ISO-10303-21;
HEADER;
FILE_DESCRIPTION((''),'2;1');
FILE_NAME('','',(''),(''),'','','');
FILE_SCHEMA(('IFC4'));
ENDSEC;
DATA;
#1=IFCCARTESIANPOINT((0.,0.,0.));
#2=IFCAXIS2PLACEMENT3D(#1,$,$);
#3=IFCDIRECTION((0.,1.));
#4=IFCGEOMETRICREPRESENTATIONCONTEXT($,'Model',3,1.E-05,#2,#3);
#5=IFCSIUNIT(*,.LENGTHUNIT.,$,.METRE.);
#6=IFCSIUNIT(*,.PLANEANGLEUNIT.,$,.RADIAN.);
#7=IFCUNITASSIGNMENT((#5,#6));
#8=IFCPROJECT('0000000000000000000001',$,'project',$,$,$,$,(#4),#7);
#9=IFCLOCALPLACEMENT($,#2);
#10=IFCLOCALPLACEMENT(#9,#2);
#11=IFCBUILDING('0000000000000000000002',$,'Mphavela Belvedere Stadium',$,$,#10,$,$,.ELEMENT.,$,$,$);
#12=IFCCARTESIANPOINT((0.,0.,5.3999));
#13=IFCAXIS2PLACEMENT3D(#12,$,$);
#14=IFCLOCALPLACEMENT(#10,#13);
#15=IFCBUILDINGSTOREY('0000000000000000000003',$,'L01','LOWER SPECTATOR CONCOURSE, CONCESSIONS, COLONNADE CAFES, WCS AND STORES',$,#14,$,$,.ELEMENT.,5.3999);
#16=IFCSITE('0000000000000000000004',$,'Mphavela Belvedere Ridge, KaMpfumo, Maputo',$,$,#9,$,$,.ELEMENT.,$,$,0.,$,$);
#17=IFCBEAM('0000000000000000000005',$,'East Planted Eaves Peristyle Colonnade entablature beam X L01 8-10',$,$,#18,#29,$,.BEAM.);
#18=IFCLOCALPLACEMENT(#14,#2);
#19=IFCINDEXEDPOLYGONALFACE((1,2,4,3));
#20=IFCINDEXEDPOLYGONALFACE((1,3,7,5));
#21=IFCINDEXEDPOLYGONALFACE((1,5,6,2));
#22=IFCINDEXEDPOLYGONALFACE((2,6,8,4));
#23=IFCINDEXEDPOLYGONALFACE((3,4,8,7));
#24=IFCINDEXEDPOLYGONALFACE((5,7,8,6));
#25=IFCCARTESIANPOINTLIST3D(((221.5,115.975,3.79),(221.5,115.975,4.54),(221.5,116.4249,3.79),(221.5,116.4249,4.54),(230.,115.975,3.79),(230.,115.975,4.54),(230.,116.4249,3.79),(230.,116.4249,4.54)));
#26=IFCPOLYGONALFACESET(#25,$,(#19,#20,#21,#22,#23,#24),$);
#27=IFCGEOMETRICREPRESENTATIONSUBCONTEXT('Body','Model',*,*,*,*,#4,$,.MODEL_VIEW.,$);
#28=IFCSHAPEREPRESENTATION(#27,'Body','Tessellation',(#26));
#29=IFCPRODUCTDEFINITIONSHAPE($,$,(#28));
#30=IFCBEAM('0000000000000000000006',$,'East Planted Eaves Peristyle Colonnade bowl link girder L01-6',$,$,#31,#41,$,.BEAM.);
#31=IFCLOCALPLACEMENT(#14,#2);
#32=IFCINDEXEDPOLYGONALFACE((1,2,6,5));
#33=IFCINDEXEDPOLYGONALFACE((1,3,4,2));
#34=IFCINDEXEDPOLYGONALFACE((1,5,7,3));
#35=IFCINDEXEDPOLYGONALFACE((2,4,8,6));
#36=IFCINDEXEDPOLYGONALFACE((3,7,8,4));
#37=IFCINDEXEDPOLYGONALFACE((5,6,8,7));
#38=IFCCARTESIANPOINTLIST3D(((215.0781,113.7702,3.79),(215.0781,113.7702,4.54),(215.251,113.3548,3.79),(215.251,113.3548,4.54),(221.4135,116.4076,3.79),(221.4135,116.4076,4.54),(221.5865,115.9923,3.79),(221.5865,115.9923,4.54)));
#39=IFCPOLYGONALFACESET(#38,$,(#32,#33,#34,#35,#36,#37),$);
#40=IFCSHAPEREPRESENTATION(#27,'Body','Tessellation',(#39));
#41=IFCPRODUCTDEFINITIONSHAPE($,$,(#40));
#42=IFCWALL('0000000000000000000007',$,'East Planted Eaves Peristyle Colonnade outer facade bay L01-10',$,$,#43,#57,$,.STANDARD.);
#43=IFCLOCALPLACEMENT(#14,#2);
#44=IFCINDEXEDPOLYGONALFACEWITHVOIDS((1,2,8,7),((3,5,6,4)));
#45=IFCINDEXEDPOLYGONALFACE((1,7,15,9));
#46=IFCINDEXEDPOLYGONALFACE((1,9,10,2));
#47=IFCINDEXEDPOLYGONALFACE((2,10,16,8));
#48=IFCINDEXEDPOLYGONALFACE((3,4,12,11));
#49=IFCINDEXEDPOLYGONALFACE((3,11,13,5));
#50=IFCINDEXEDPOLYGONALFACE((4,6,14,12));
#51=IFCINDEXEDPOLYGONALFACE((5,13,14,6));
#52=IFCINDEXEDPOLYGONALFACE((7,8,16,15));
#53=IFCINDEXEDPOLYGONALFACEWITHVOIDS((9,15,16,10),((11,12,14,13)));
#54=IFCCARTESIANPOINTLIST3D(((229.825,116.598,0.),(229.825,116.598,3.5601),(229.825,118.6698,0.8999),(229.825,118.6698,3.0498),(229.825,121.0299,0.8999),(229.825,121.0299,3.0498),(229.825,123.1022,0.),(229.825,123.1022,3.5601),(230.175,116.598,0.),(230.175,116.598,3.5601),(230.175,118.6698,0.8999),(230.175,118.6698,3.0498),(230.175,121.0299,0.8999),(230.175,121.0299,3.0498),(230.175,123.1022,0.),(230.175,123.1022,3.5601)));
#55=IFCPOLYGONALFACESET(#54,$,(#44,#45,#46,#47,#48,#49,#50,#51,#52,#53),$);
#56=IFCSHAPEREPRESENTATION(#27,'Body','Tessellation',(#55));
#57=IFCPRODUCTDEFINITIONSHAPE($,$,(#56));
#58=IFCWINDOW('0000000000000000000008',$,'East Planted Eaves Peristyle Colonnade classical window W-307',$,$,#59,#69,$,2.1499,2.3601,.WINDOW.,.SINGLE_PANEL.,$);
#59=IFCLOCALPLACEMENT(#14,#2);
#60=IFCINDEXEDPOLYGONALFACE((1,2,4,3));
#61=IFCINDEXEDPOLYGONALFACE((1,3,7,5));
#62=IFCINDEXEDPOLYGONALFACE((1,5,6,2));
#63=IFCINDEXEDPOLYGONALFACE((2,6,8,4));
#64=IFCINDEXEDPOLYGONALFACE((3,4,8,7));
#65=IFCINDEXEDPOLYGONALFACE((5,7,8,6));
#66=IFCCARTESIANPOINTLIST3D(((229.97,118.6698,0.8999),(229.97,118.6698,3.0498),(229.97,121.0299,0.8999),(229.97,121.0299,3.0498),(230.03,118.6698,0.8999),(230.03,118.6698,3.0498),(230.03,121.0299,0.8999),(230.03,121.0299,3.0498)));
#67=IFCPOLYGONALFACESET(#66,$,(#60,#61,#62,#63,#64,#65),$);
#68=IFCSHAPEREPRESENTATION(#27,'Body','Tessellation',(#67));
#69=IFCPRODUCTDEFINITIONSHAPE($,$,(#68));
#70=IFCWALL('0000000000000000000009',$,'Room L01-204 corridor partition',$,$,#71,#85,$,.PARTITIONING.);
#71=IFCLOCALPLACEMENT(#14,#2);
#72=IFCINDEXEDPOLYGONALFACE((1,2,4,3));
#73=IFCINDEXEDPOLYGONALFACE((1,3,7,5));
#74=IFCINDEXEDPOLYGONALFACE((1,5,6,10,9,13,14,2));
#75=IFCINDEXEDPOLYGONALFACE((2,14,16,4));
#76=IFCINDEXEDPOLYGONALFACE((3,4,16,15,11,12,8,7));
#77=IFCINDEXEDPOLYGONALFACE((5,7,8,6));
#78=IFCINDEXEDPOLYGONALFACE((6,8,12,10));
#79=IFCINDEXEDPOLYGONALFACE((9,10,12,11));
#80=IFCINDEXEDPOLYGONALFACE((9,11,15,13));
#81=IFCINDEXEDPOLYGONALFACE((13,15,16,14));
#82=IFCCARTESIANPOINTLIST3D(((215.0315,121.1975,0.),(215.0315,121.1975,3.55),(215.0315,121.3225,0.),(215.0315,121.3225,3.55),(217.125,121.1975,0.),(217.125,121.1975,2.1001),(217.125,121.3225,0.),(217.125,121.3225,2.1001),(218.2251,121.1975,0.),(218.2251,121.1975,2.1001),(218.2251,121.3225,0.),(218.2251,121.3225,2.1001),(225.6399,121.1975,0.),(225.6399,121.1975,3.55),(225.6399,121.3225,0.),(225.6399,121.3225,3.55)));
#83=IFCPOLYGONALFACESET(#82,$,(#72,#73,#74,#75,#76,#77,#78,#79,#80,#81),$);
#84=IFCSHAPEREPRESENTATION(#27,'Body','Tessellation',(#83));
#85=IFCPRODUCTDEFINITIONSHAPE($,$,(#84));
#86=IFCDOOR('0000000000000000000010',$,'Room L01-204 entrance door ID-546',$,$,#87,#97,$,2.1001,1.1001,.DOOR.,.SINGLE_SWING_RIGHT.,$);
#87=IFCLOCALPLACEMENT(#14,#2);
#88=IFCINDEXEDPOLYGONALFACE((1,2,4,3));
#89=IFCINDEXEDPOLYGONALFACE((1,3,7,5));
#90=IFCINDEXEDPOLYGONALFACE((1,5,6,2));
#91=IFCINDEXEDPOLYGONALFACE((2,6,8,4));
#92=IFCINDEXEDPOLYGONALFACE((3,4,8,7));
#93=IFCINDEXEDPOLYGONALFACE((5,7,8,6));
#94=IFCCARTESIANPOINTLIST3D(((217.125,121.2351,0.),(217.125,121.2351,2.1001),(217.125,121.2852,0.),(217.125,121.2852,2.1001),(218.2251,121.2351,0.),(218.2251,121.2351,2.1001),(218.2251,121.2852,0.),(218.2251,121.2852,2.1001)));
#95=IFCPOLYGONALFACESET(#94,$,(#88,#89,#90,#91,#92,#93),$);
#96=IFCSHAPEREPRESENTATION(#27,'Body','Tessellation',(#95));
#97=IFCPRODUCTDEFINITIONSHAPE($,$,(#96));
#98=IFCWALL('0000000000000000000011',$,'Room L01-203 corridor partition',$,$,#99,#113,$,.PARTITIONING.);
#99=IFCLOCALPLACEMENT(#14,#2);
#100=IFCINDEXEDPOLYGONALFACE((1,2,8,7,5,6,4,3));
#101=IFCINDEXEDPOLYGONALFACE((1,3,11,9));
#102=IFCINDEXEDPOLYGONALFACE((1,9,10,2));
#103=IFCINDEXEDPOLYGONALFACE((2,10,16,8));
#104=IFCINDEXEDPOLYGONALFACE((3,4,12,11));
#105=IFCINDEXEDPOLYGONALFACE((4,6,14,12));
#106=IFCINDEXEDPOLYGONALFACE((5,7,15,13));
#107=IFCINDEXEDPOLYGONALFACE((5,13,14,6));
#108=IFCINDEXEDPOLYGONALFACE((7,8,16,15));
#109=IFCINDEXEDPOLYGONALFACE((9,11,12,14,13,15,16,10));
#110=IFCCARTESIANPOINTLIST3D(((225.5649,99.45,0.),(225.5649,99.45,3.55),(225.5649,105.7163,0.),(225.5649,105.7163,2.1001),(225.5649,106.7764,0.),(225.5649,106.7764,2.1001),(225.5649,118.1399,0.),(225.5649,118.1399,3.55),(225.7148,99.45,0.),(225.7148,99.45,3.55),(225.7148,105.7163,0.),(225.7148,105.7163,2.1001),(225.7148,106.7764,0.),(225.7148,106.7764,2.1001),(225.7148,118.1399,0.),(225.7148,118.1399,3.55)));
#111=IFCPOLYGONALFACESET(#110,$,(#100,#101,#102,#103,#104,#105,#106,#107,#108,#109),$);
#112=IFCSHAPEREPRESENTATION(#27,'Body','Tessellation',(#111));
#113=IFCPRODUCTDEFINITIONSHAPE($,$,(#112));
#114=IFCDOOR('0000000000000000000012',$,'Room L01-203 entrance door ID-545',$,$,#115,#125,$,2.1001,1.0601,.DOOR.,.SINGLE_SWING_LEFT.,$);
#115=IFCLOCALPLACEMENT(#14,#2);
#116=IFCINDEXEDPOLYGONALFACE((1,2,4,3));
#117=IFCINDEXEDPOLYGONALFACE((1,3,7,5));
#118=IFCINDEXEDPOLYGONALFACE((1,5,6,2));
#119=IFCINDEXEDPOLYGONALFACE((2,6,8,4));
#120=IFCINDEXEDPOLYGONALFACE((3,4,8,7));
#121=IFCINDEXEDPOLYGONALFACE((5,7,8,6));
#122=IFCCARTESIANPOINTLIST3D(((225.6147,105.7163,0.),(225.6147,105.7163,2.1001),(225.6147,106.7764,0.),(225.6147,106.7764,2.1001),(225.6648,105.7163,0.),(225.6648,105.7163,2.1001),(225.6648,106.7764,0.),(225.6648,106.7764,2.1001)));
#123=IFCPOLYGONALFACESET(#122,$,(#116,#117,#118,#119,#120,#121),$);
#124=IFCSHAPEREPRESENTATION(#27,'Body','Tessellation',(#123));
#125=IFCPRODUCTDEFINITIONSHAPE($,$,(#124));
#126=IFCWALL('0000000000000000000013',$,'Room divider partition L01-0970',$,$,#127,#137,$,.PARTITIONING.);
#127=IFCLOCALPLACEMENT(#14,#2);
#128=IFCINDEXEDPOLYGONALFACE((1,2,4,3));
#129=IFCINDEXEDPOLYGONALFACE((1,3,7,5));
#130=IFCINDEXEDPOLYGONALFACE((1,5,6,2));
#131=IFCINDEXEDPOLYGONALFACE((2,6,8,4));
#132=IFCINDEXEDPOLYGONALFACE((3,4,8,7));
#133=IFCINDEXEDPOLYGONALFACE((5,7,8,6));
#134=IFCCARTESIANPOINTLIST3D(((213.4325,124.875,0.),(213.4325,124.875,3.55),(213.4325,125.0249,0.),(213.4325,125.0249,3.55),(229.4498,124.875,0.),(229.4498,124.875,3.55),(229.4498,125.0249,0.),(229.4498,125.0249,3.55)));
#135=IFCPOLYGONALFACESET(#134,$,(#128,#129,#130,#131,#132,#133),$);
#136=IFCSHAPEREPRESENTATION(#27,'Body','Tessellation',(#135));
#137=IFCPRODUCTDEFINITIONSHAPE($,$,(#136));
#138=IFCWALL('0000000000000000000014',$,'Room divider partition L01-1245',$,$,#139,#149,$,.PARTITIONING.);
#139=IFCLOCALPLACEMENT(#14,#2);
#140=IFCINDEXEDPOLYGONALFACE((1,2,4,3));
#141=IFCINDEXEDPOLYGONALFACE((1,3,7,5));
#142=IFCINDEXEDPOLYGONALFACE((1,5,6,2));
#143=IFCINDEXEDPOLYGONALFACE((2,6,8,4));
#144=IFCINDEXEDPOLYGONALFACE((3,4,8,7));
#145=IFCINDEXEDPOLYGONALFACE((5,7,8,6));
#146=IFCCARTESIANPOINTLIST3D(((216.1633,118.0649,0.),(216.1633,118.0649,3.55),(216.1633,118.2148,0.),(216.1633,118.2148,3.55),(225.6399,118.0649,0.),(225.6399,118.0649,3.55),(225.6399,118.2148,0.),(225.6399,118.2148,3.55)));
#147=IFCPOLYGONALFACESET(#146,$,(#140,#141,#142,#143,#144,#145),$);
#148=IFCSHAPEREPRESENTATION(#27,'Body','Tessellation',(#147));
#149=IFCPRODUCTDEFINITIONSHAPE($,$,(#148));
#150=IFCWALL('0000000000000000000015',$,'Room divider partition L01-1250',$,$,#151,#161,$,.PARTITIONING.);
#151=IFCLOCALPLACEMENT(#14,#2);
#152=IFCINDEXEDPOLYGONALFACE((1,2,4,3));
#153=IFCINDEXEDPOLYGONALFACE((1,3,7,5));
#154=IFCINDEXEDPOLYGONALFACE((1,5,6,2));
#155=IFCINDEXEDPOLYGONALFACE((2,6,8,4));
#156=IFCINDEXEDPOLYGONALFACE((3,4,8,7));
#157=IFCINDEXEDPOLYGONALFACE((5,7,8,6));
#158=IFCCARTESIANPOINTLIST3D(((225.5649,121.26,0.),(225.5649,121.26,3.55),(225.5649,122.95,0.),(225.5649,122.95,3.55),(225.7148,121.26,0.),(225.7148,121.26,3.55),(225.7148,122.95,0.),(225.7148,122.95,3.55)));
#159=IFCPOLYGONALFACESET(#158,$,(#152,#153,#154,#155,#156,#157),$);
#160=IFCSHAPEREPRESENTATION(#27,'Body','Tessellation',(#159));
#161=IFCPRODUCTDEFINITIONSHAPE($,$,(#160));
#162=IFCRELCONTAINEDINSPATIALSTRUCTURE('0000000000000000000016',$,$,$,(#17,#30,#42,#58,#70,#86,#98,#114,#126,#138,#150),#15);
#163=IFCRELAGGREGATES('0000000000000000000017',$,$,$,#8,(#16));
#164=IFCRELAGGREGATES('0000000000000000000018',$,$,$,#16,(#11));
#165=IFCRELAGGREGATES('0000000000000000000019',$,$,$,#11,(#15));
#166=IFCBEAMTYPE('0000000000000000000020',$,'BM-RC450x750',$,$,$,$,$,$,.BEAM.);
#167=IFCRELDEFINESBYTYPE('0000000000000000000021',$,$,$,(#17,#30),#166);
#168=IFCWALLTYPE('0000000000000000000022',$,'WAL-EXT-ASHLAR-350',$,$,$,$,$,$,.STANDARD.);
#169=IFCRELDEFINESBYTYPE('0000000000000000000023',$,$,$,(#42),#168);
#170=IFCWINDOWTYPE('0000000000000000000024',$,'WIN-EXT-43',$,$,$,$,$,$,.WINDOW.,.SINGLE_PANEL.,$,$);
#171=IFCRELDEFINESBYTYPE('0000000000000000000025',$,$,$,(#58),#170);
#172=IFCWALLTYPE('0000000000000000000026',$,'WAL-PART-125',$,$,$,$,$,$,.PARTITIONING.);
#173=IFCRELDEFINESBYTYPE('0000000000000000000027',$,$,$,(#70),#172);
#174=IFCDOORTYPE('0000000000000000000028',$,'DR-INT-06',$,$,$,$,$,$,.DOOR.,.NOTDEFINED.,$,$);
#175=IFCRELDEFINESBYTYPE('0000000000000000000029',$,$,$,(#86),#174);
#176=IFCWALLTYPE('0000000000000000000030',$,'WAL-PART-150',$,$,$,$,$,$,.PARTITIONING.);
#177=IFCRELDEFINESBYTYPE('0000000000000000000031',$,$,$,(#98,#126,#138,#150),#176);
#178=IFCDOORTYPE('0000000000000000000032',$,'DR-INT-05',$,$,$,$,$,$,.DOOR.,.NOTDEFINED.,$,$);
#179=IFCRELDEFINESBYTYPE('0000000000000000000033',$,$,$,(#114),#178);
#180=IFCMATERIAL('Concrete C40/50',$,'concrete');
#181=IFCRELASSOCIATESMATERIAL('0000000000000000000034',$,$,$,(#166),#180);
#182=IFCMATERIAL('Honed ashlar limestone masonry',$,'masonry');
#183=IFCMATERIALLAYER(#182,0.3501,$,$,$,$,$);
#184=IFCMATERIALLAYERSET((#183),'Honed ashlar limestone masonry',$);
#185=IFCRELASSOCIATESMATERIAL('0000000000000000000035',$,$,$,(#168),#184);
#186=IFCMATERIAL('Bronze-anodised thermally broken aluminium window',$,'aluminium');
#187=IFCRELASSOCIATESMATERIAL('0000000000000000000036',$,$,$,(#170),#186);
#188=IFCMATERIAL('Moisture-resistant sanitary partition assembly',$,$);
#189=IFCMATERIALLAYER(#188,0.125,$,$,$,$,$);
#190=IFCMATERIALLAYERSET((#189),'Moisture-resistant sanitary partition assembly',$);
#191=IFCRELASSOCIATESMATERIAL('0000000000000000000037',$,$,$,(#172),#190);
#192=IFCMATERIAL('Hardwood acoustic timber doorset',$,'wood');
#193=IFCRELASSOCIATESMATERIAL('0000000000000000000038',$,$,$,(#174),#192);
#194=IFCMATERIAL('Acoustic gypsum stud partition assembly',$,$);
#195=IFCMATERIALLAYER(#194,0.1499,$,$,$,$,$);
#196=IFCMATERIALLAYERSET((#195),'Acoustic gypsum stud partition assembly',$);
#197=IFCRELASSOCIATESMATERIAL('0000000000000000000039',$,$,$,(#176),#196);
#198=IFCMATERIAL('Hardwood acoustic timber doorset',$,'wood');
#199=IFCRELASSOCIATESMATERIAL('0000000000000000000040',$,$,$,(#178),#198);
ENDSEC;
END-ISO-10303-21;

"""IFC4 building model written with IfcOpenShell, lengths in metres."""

from ifc_helpers import new_model, si_unit, direction, frame, frame_2d, origin, origin_2d, place, context, subcontext, project, spatial, rectangle, extrude, material, layer, layer_set, material_profile, profile_set, type_object, element, fill, save


model = new_model("IFC4")

# Units and contexts
model_context = context("Model", 3, precision=1e-05, world=origin(), true_north=direction((0.0, 1.0)))
body_context = subcontext(model_context, "Body", "Model", "MODEL_VIEW")
ifc_project = project(units=[si_unit("LENGTHUNIT", "METRE"), si_unit("PLANEANGLEUNIT", "RADIAN")], contexts=[model_context])

# Site, building, storey
site_placement = place(None, origin())
site = spatial("IfcSite", under=ifc_project, at=site_placement, Name="Mphavela Belvedere Ridge, KaMpfumo, Maputo", CompositionType="ELEMENT", RefElevation=0.0)
building_placement = place(site_placement, origin())
building = spatial("IfcBuilding", under=site, at=building_placement, Name="Mphavela Belvedere Stadium", CompositionType="ELEMENT")
storey_placement = place(building_placement, frame((0.0, 0.0, 5.3999)))
storey = spatial("IfcBuildingStorey", under=building, at=storey_placement, Name="L01", Description="LOWER SPECTATOR CONCOURSE, CONCESSIONS, COLONNADE CAFES, WCS AND STORES", CompositionType="ELEMENT", Elevation=5.3999)

# Beams
ifc_material_1 = material(Name="Concrete C40/50", Category="concrete")
ifc_material_profile_1 = material_profile(ifc_material_1, rectangle(XDim=0.45, YDim=0.75, at=origin_2d()), Name="RC 450x750")
ifc_profile_set_1 = profile_set([ifc_material_profile_1], Name="Concrete C40/50")
beam_type_1 = type_object("IfcBeamType", Name="BM-RC450x750", PredefinedType="BEAM", material=ifc_profile_set_1)
beam_1_placement = place(storey_placement, frame((221.5, 116.2, 4.165), z_axis=(1.0, 0.0, 0.0), x_axis=(0.0, 1.0, 0.0)))
element("IfcBeam", 1, at=beam_1_placement, inside=storey, type_object=beam_type_1, Name="East Planted Eaves Peristyle Colonnade entablature beam X L01 8-10", PredefinedType="BEAM", context=body_context, shape_type="SweptSolid", body=[
    extrude(rectangle(XDim=0.45, YDim=0.75, at=origin_2d()), origin(), (0.0, 0.0, 1.0), 8.5),
])
beam_2_placement = place(storey_placement, frame((221.5, 116.2, 4.165), z_axis=(-0.923197, -0.384327, 0.0), x_axis=(0.384327, -0.923197, 0.0)))
element("IfcBeam", 2, at=beam_2_placement, inside=storey, type_object=beam_type_1, Name="East Planted Eaves Peristyle Colonnade bowl link girder L01-6", PredefinedType="BEAM", context=body_context, shape_type="SweptSolid", body=[
    extrude(rectangle(XDim=0.45, YDim=0.75, at=origin_2d()), origin(), (0.0, 0.0, 1.0), 6.8625),
])

# Wall, opening, window
ifc_material_2 = material(Name="Honed ashlar limestone masonry", Category="masonry")
ifc_layer_1 = layer(ifc_material_2, 0.3501)
ifc_layer_set_1 = layer_set([ifc_layer_1], Name="Honed ashlar limestone masonry")
wall_type_1 = type_object("IfcWallType", Name="WAL-EXT-ASHLAR-350", PredefinedType="STANDARD", material=ifc_layer_set_1)
wall_1_placement = place(storey_placement, frame((230.0, 123.1021, 0.0), z_axis=(0.0, 0.0, 1.0), x_axis=(0.0, -1.0, 0.0)))
wall_1 = element("IfcWall", 3, at=wall_1_placement, inside=storey, type_object=wall_type_1, Name="East Planted Eaves Peristyle Colonnade outer facade bay L01-10", PredefinedType="STANDARD", context=body_context, shape_type="SweptSolid", body=[
    extrude(rectangle(XDim=6.5042, YDim=0.3501, at=frame_2d((3.252, 0.0))), origin(), (0.0, 0.0, 1.0), 3.5601),
])
opening_1_placement = place(wall_1_placement, frame((2.072, 0.0, 0.8999)))
opening_1 = element("IfcOpeningElement", 4, at=opening_1_placement, cuts=wall_1, PredefinedType="OPENING", context=body_context, shape_type="SweptSolid", body=[
    extrude(rectangle(XDim=2.3601, YDim=2.1499, at=frame_2d((1.1802, 1.075))), frame((0.0, 0.1851, 0.0), z_axis=(0.0, -1.0, 0.0), x_axis=(1.0, 0.0, 0.0)), (0.0, 0.0, 1.0), 0.3701),
])
ifc_material_3 = material(Name="Bronze-anodised thermally broken aluminium window", Category="aluminium")
window_type = type_object("IfcWindowType", Name="WIN-EXT-43", PartitioningType="SINGLE_PANEL", PredefinedType="WINDOW", material=ifc_material_3)
window_placement = place(opening_1_placement, origin())
window = element("IfcWindow", 5, at=window_placement, inside=storey, type_object=window_type, Name="East Planted Eaves Peristyle Colonnade classical window W-307", OverallHeight=2.1499, OverallWidth=2.3601, PartitioningType="SINGLE_PANEL", PredefinedType="WINDOW", context=body_context, shape_type="SweptSolid", body=[
    extrude(rectangle(XDim=2.3601, YDim=2.1499, at=frame_2d((1.1802, 1.075))), frame((0.0, 0.03, 0.0), z_axis=(0.0, -1.0, 0.0), x_axis=(1.0, 0.0, 0.0)), (0.0, 0.0, 1.0), 0.0601),
])
fill(opening_1, window)

# Walls, openings, doors
ifc_material_4 = material(Name="Moisture-resistant sanitary partition assembly")
ifc_layer_2 = layer(ifc_material_4, 0.125)
ifc_layer_set_2 = layer_set([ifc_layer_2], Name="Moisture-resistant sanitary partition assembly")
wall_type_2 = type_object("IfcWallType", Name="WAL-PART-125", PredefinedType="PARTITIONING", material=ifc_layer_set_2)
wall_2_placement = place(storey_placement, frame((225.6399, 121.26, 0.0), z_axis=(0.0, 0.0, 1.0), x_axis=(-1.0, 0.0, 0.0)))
wall_2 = element("IfcWall", 6, at=wall_2_placement, inside=storey, type_object=wall_type_2, Name="Room L01-204 corridor partition", PredefinedType="PARTITIONING", context=body_context, shape_type="SweptSolid", body=[
    extrude(rectangle(XDim=10.6084, YDim=0.125, at=frame_2d((5.3042, 0.0))), origin(), (0.0, 0.0, 1.0), 3.55),
])
opening_2_placement = place(wall_2_placement, frame((7.4148, 0.0, 0.0)))
opening_2 = element("IfcOpeningElement", 7, at=opening_2_placement, cuts=wall_2, PredefinedType="OPENING", context=body_context, shape_type="SweptSolid", body=[
    extrude(rectangle(XDim=1.1001, YDim=2.1001, at=frame_2d((0.55, 1.05))), frame((0.0, 0.0725, 0.0), z_axis=(0.0, -1.0, 0.0), x_axis=(1.0, 0.0, 0.0)), (0.0, 0.0, 1.0), 0.145),
])
ifc_material_5 = material(Name="Hardwood acoustic timber doorset", Category="wood")
door_type_1 = type_object("IfcDoorType", Name="DR-INT-06", OperationType="NOTDEFINED", PredefinedType="DOOR", material=ifc_material_5)
door_1_placement = place(opening_2_placement, origin())
door_1 = element("IfcDoor", 8, at=door_1_placement, inside=storey, type_object=door_type_1, Name="Room L01-204 entrance door ID-546", OperationType="SINGLE_SWING_RIGHT", OverallHeight=2.1001, OverallWidth=1.1001, PredefinedType="DOOR", context=body_context, shape_type="SweptSolid", body=[
    extrude(rectangle(XDim=1.1001, YDim=2.1001, at=frame_2d((0.55, 1.05))), frame((0.0, 0.0249, 0.0), z_axis=(0.0, -1.0, 0.0), x_axis=(1.0, 0.0, 0.0)), (0.0, 0.0, 1.0), 0.05),
])
fill(opening_2, door_1)
ifc_material_6 = material(Name="Acoustic gypsum stud partition assembly")
ifc_layer_3 = layer(ifc_material_6, 0.1499)
ifc_layer_set_3 = layer_set([ifc_layer_3], Name="Acoustic gypsum stud partition assembly")
wall_type_3 = type_object("IfcWallType", Name="WAL-PART-150", PredefinedType="PARTITIONING", material=ifc_layer_set_3)
wall_3_placement = place(storey_placement, frame((225.6399, 118.1399, 0.0), z_axis=(0.0, 0.0, 1.0), x_axis=(0.0, -1.0, 0.0)))
wall_3 = element("IfcWall", 9, at=wall_3_placement, inside=storey, type_object=wall_type_3, Name="Room L01-203 corridor partition", PredefinedType="PARTITIONING", context=body_context, shape_type="SweptSolid", body=[
    extrude(rectangle(XDim=18.6899, YDim=0.1499, at=frame_2d((9.345, 0.0))), origin(), (0.0, 0.0, 1.0), 3.55),
])
opening_3_placement = place(wall_3_placement, frame((11.3635, 0.0, 0.0)))
opening_3 = element("IfcOpeningElement", 10, at=opening_3_placement, cuts=wall_3, PredefinedType="OPENING", context=body_context, shape_type="SweptSolid", body=[
    extrude(rectangle(XDim=1.0601, YDim=2.1001, at=frame_2d((0.53, 1.05))), frame((0.0, 0.085, 0.0), z_axis=(0.0, -1.0, 0.0), x_axis=(1.0, 0.0, 0.0)), (0.0, 0.0, 1.0), 0.1699),
])
ifc_material_7 = material(Name="Hardwood acoustic timber doorset", Category="wood")
door_type_2 = type_object("IfcDoorType", Name="DR-INT-05", OperationType="NOTDEFINED", PredefinedType="DOOR", material=ifc_material_7)
door_2_placement = place(opening_3_placement, origin())
door_2 = element("IfcDoor", 11, at=door_2_placement, inside=storey, type_object=door_type_2, Name="Room L01-203 entrance door ID-545", OperationType="SINGLE_SWING_LEFT", OverallHeight=2.1001, OverallWidth=1.0601, PredefinedType="DOOR", context=body_context, shape_type="SweptSolid", body=[
    extrude(rectangle(XDim=1.0601, YDim=2.1001, at=frame_2d((0.53, 1.05))), frame((0.0, 0.0249, 0.0), z_axis=(0.0, -1.0, 0.0), x_axis=(1.0, 0.0, 0.0)), (0.0, 0.0, 1.0), 0.05),
])
fill(opening_3, door_2)

# Walls
wall_4_placement = place(storey_placement, frame((229.45, 124.95, 0.0), z_axis=(0.0, 0.0, 1.0), x_axis=(-1.0, 0.0, 0.0)))
element("IfcWall", 12, at=wall_4_placement, inside=storey, type_object=wall_type_3, Name="Room divider partition L01-0970", PredefinedType="PARTITIONING", context=body_context, shape_type="SweptSolid", body=[
    extrude(rectangle(XDim=16.0173, YDim=0.1499, at=frame_2d((8.0088, 0.0))), origin(), (0.0, 0.0, 1.0), 3.55),
])
wall_5_placement = place(storey_placement, frame((216.1633, 118.1399, 0.0), z_axis=(0.0, 0.0, 1.0), x_axis=(1.0, 0.0, 0.0)))
element("IfcWall", 13, at=wall_5_placement, inside=storey, type_object=wall_type_3, Name="Room divider partition L01-1245", PredefinedType="PARTITIONING", context=body_context, shape_type="SweptSolid", body=[
    extrude(rectangle(XDim=9.4766, YDim=0.1499, at=frame_2d((4.7383, 0.0))), origin(), (0.0, 0.0, 1.0), 3.55),
])
wall_6_placement = place(storey_placement, frame((225.6399, 122.95, 0.0), z_axis=(0.0, 0.0, 1.0), x_axis=(0.0, -1.0, 0.0)))
element("IfcWall", 14, at=wall_6_placement, inside=storey, type_object=wall_type_3, Name="Room divider partition L01-1250", PredefinedType="PARTITIONING", context=body_context, shape_type="SweptSolid", body=[
    extrude(rectangle(XDim=1.6899, YDim=0.1499, at=frame_2d((0.845, 0.0))), origin(), (0.0, 0.0, 1.0), 3.55),
])

save(model, "model.ifc")
